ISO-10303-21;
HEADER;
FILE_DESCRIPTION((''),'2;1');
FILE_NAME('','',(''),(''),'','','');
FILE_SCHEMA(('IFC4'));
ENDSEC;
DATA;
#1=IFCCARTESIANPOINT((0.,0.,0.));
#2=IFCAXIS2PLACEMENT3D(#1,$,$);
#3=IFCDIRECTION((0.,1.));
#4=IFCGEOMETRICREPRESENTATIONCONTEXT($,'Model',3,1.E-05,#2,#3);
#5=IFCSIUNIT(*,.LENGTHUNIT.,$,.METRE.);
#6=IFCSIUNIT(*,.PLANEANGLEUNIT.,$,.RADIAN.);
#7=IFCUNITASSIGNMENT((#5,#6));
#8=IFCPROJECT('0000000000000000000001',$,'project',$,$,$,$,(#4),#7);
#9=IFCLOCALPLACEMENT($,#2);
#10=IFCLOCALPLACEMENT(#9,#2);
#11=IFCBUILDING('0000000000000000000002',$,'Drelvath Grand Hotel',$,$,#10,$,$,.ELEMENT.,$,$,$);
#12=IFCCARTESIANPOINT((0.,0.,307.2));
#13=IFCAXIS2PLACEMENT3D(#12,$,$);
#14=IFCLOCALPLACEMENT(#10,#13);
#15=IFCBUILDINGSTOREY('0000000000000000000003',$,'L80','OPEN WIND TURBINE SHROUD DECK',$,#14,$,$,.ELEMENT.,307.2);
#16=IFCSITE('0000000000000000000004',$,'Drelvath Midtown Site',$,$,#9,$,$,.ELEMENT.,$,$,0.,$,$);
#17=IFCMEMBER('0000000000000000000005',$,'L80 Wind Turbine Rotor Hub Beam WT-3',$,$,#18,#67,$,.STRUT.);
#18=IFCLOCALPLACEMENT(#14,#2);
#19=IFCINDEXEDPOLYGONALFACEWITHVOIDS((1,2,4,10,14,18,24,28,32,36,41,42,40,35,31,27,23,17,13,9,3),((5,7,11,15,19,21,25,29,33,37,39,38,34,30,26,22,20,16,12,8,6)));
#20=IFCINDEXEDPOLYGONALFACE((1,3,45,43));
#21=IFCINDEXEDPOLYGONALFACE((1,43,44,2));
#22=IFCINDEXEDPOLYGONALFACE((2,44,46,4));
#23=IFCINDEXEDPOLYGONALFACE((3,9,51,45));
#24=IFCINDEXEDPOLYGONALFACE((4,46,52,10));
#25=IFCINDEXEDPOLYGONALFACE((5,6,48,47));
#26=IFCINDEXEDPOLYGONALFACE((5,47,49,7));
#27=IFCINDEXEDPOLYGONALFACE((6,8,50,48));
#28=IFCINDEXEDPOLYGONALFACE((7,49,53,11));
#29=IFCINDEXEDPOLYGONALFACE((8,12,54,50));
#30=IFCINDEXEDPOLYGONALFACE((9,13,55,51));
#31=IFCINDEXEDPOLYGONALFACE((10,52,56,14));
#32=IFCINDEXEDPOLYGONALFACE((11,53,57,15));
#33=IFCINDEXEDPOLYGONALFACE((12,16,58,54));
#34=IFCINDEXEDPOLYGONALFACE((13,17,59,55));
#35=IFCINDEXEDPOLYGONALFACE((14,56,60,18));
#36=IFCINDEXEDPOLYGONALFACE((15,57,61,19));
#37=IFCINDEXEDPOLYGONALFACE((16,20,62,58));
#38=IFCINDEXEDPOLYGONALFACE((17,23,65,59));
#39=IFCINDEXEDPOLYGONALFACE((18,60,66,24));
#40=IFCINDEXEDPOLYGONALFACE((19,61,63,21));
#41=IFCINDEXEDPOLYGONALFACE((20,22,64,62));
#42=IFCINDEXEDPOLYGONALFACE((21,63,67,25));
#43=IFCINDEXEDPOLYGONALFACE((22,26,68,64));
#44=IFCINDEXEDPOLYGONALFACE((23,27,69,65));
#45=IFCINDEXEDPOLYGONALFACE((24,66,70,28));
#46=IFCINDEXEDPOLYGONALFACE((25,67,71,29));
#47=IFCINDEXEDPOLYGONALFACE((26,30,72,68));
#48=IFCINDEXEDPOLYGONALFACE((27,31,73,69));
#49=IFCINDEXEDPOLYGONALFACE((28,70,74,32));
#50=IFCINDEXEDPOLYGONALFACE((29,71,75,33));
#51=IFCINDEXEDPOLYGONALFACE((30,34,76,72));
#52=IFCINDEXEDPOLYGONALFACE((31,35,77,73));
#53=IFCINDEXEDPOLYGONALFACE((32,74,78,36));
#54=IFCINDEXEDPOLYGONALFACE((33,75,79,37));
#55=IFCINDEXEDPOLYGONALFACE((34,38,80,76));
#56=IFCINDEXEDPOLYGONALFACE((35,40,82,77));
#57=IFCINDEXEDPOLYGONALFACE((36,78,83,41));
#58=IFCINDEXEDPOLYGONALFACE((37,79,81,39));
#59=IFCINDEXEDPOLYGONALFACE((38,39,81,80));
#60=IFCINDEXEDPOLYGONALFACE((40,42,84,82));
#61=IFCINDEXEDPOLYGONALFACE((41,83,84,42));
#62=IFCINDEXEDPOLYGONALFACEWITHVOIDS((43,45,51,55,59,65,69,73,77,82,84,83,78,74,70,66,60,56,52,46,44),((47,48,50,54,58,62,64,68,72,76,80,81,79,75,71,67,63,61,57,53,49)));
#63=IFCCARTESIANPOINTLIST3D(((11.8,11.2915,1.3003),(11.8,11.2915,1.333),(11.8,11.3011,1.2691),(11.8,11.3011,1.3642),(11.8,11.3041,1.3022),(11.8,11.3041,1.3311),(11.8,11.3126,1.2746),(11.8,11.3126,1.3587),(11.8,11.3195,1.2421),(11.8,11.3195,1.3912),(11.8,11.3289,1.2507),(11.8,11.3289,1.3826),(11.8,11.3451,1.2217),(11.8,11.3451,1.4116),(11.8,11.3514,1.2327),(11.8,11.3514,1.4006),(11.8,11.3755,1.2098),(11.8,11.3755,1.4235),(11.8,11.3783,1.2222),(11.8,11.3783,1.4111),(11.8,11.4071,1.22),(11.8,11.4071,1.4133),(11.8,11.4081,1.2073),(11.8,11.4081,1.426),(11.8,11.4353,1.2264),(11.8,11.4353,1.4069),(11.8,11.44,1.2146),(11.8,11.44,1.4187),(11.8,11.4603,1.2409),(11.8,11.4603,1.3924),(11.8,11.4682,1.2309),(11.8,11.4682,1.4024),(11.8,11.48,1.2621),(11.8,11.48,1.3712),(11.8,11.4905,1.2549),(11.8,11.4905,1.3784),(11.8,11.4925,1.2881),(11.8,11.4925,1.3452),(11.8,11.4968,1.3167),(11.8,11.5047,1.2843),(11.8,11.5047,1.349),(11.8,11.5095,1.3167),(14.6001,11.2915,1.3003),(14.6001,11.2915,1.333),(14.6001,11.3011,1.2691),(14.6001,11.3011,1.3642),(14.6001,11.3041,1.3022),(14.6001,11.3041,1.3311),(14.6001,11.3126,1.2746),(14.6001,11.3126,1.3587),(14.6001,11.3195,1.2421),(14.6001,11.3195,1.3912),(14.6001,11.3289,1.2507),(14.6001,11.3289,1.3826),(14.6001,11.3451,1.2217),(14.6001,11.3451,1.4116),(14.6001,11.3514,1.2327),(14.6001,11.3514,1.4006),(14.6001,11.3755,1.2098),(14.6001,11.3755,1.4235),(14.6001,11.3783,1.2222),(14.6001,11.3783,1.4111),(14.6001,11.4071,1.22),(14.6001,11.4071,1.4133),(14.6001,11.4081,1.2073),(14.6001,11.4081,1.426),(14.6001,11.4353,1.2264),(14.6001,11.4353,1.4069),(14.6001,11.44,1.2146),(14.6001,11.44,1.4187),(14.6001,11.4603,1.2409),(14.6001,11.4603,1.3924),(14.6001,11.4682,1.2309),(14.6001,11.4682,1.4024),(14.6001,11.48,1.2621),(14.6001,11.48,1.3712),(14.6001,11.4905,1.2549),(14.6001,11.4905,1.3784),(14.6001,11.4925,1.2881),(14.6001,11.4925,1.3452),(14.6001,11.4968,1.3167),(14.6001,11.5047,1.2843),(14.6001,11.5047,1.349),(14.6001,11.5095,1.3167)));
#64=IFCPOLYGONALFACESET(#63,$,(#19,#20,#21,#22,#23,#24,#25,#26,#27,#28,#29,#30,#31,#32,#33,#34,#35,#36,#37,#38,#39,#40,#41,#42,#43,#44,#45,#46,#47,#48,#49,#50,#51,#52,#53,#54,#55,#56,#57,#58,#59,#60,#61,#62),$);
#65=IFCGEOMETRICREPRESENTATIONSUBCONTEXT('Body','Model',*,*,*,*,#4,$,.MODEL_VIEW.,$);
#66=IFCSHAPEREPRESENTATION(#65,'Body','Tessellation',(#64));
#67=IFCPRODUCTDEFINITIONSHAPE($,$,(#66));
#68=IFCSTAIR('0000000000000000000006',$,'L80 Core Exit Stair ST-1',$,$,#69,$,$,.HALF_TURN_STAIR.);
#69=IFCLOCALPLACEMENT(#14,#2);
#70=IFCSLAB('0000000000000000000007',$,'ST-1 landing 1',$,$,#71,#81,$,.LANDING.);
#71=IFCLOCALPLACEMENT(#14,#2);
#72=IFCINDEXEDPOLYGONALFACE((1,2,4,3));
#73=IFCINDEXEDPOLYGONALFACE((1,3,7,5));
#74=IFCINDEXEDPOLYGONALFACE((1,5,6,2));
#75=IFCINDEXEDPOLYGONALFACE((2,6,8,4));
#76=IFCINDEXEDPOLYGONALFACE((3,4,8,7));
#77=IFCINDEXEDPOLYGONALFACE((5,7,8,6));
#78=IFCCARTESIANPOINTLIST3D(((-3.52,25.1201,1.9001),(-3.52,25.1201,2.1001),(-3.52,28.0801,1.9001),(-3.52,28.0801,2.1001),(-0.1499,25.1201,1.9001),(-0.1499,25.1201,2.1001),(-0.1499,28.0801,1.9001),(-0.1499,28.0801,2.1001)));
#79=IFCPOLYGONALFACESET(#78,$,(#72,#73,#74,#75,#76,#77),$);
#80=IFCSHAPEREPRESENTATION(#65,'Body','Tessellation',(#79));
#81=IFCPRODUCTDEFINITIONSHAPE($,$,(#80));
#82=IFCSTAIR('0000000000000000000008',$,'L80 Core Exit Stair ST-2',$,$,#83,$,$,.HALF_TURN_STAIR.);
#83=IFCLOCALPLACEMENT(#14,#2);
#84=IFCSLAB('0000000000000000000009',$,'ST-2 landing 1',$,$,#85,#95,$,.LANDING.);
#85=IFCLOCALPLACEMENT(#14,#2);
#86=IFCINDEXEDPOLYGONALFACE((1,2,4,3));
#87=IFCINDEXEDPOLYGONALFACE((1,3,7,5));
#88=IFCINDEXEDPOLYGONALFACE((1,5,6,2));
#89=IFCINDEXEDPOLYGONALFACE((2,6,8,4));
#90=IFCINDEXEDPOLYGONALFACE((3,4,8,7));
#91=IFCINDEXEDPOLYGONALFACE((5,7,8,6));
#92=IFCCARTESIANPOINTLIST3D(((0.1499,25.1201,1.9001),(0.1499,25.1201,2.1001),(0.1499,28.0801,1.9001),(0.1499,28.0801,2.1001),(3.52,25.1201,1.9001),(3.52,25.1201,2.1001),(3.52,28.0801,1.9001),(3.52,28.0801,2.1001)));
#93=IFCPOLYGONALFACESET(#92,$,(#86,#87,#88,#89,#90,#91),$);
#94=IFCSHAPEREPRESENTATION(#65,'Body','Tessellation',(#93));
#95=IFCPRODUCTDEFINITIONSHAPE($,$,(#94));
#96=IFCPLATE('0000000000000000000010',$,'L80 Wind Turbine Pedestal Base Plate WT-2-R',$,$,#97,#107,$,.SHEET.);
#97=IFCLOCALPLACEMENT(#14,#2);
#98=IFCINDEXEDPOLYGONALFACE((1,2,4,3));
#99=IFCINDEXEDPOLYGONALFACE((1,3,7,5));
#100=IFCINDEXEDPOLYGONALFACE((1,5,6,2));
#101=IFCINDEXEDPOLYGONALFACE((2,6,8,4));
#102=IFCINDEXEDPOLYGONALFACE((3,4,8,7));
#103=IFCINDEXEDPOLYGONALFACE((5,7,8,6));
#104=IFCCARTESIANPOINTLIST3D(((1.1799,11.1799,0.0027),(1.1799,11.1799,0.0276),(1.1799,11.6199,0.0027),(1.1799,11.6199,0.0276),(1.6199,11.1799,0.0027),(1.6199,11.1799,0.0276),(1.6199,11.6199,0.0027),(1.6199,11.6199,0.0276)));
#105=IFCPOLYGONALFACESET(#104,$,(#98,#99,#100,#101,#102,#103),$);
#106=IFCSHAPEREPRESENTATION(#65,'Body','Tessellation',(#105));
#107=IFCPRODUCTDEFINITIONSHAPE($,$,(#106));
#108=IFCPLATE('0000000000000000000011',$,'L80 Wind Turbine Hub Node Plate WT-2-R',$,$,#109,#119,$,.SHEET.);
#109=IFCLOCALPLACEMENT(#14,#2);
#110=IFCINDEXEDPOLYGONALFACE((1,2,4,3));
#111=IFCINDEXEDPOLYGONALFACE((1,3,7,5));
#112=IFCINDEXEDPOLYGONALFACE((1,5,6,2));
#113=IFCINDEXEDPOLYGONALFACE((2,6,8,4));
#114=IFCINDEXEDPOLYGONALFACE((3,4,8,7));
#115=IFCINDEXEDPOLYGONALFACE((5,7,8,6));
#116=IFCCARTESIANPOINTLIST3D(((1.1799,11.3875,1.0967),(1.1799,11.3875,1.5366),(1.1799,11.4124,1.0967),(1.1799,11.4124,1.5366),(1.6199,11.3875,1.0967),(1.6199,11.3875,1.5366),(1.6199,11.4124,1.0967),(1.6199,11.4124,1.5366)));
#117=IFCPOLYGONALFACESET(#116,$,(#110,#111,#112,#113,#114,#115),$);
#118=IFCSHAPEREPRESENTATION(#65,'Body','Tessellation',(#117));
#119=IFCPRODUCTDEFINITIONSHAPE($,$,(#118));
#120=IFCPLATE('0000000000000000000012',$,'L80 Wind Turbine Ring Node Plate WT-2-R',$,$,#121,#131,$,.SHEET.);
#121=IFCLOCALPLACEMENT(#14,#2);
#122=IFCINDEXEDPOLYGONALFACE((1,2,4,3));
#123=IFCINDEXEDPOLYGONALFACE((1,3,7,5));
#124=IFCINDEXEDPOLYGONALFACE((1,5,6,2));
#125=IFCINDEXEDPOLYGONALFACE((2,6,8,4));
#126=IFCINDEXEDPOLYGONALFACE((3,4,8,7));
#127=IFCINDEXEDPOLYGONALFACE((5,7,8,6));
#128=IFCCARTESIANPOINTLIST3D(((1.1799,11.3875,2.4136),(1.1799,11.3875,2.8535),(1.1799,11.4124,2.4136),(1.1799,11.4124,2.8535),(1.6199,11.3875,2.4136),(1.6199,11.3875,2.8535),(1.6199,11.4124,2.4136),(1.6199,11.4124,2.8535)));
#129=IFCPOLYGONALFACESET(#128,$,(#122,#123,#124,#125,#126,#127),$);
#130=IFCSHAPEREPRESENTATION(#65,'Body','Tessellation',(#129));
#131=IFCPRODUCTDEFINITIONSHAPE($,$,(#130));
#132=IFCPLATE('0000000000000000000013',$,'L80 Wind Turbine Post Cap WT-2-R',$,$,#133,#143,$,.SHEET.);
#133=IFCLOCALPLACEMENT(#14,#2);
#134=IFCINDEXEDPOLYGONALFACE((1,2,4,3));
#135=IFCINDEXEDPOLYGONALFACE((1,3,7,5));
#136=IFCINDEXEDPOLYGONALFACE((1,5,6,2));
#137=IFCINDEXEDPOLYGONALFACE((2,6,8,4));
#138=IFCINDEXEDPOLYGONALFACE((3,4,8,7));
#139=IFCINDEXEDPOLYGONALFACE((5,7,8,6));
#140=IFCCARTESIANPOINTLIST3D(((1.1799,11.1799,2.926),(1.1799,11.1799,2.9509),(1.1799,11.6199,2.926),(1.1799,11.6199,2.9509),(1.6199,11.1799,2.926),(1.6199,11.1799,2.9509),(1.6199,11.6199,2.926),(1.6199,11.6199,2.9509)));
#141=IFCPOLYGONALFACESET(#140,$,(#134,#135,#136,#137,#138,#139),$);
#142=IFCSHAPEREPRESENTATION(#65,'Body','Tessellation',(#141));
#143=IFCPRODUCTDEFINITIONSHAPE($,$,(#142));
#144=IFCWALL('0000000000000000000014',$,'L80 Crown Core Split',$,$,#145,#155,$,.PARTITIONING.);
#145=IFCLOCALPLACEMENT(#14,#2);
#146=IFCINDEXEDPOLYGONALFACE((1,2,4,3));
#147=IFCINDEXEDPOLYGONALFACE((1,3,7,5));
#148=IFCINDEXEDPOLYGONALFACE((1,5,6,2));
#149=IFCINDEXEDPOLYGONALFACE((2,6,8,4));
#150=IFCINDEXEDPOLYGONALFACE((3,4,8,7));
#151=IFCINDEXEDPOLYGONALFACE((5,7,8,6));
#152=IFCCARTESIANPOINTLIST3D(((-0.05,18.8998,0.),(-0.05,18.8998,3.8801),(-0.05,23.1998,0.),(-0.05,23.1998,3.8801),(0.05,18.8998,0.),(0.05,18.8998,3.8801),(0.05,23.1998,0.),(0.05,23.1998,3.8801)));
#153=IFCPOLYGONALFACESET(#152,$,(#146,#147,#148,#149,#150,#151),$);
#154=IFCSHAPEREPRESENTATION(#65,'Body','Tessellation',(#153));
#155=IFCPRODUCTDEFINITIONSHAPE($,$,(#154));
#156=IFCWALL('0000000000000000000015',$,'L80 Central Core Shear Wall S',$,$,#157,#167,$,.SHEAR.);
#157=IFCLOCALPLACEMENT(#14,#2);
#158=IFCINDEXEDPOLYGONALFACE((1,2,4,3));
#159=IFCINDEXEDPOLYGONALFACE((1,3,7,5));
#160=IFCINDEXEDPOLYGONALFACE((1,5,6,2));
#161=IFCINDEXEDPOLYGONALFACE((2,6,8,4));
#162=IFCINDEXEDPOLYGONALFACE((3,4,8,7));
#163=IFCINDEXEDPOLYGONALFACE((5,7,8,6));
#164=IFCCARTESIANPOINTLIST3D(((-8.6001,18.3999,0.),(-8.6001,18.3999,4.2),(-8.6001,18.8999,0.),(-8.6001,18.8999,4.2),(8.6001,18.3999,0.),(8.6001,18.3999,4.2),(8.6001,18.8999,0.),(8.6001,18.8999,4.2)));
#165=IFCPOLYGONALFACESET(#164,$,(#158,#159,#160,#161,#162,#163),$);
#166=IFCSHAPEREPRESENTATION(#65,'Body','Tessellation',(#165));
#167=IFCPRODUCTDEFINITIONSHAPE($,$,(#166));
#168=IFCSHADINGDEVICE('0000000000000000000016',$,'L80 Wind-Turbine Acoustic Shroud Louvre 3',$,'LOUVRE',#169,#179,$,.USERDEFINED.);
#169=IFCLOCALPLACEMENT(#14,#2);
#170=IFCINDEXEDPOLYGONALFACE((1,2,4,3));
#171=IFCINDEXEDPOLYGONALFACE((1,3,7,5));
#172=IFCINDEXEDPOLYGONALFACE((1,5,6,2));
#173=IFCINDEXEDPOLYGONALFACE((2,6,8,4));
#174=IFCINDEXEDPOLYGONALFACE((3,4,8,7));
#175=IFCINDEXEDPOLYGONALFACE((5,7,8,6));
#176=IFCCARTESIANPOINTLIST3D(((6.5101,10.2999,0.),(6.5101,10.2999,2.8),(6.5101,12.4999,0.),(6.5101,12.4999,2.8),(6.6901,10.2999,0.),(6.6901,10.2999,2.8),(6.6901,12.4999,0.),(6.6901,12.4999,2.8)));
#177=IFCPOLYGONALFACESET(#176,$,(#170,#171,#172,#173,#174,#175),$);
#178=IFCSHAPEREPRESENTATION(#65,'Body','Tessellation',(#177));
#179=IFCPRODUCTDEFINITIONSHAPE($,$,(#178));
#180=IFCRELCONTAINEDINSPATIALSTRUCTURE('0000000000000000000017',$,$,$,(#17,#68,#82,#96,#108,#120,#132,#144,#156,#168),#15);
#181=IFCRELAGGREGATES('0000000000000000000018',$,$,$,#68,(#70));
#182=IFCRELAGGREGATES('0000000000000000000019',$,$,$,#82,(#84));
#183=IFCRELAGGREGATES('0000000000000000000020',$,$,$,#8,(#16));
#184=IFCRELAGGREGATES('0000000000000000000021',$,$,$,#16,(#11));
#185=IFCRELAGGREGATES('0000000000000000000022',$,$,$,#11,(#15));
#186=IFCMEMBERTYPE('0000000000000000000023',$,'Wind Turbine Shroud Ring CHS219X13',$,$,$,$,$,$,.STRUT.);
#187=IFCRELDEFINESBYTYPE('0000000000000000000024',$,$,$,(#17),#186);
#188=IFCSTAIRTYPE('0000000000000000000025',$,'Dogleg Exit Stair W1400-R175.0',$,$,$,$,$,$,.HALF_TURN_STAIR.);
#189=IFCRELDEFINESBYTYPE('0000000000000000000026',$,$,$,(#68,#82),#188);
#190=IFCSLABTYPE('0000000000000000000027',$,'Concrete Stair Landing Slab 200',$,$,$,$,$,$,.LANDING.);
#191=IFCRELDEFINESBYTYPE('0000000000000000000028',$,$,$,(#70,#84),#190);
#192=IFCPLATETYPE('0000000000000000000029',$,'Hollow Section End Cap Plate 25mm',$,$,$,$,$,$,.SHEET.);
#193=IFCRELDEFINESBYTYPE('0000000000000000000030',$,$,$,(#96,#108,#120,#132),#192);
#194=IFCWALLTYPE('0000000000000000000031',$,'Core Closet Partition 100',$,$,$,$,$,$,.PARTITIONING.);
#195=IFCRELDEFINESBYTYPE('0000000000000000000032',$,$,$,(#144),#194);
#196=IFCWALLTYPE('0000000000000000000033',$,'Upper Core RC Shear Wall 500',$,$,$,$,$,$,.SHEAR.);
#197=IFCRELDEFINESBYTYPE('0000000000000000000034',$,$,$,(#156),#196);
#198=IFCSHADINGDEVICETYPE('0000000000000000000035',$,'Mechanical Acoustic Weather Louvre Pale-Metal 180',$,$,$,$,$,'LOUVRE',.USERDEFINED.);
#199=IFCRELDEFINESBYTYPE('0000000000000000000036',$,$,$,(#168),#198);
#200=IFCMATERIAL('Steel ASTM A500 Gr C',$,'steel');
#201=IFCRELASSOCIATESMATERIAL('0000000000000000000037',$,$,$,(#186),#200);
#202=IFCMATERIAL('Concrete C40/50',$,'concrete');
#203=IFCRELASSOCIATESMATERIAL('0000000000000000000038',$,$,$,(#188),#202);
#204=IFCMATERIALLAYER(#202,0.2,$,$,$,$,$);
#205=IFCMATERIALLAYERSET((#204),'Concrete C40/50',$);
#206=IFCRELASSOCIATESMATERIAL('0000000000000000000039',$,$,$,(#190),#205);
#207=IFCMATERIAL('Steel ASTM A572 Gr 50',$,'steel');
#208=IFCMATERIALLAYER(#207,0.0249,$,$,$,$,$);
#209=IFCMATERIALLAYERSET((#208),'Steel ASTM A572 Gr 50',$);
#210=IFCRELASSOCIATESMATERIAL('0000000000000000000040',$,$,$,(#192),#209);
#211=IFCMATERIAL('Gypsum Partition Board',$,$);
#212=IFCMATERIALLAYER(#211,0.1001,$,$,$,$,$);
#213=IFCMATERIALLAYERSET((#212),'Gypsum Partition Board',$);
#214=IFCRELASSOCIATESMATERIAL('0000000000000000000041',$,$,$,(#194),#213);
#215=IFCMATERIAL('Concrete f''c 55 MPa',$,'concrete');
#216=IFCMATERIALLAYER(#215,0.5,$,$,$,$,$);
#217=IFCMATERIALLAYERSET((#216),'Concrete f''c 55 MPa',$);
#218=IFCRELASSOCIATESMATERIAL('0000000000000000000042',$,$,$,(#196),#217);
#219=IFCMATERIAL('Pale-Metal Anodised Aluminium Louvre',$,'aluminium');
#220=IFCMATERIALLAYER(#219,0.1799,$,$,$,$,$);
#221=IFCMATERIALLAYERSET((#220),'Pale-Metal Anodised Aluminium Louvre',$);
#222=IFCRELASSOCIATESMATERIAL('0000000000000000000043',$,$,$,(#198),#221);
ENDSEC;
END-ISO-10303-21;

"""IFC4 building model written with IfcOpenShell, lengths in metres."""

from ifc_helpers import new_model, si_unit, direction, frame, frame_2d, origin, origin_2d, place, context, subcontext, project, spatial, polyline, rectangle, hollow_circle, outline, extrude, material, layer, layer_set, material_profile, profile_set, type_object, element, aggregate, save


model = new_model("IFC4")

# Units and contexts
model_context = context("Model", 3, precision=1e-05, world=origin(), true_north=direction((0.0, 1.0)))
body_context = subcontext(model_context, "Body", "Model", "MODEL_VIEW")
ifc_project = project(units=[si_unit("LENGTHUNIT", "METRE"), si_unit("PLANEANGLEUNIT", "RADIAN")], contexts=[model_context])

# Site, building, storey
site_placement = place(None, origin())
site = spatial("IfcSite", under=ifc_project, at=site_placement, Name="Drelvath Midtown Site", CompositionType="ELEMENT", RefElevation=0.0)
building_placement = place(site_placement, origin())
building = spatial("IfcBuilding", under=site, at=building_placement, Name="Drelvath Grand Hotel", CompositionType="ELEMENT")
storey_placement = place(building_placement, frame((0.0, 0.0, 307.2)))
storey = spatial("IfcBuildingStorey", under=building, at=storey_placement, Name="L80", Description="OPEN WIND TURBINE SHROUD DECK", CompositionType="ELEMENT", Elevation=307.2)

# Shared definitions
ifc_material_1 = material(Name="Steel ASTM A572 Gr 50", Category="steel")

# Member
ifc_material_2 = material(Name="Steel ASTM A500 Gr C", Category="steel")
ifc_material_profile_1 = material_profile(ifc_material_2, hollow_circle(Radius=0.1096, WallThickness=0.0127, at=origin_2d()), Name="CHS219X13")
ifc_profile_set_1 = profile_set([ifc_material_profile_1], Name="Steel ASTM A500 Gr C")
member_type_1 = type_object("IfcMemberType", Name="Wind Turbine Shroud Ring CHS219X13", PredefinedType="STRUT", material=ifc_profile_set_1)
for number, where, z_axis, x_axis, name in (
    (1, (11.8, 11.3999, 1.3167), (1.0, 0.0, 0.0), (0.0, 1.0, 0.0), "L80 Wind Turbine Rotor Hub Beam WT-3"),
):
    element("IfcMember", number, at=place(storey_placement, frame(where, z_axis=z_axis, x_axis=x_axis)), inside=storey, type_object=member_type_1, Name=name, PredefinedType="STRUT", context=body_context, shape_type="SweptSolid", body=[
        extrude(hollow_circle(Radius=0.1096, WallThickness=0.0127, at=origin_2d()), origin(), (0.0, 0.0, 1.0), 2.8),
    ])

# Stairs, slabs
ifc_material_3 = material(Name="Concrete C40/50", Category="concrete")
stair_type = type_object("IfcStairType", Name="Dogleg Exit Stair W1400-R175.0", PredefinedType="HALF_TURN_STAIR", material=ifc_material_3)
stair_1_placement = place(storey_placement, origin())
stair_1 = element("IfcStair", 2, at=stair_1_placement, inside=storey, type_object=stair_type, Name="L80 Core Exit Stair ST-1", PredefinedType="HALF_TURN_STAIR")
ifc_layer_1 = layer(ifc_material_3, 0.2)
ifc_layer_set_1 = layer_set([ifc_layer_1], Name="Concrete C40/50")
slab_type = type_object("IfcSlabType", Name="Concrete Stair Landing Slab 200", PredefinedType="LANDING", material=ifc_layer_set_1)
slab_1_placement = place(storey_placement, frame((0.0, 0.0, 1.9001)))
slab_1 = element("IfcSlab", 3, at=slab_1_placement, type_object=slab_type, Name="ST-1 landing 1", PredefinedType="LANDING", context=body_context, shape_type="SweptSolid", body=[
    extrude(outline(polyline([(-3.52, 25.1201), (-0.1499, 25.1201), (-0.1499, 28.0801), (-3.52, 28.0801), (-3.52, 25.1201)])), origin(), (0.0, 0.0, 1.0), 0.2),
])
aggregate(stair_1, [slab_1])
stair_2_placement = place(storey_placement, origin())
stair_2 = element("IfcStair", 4, at=stair_2_placement, inside=storey, type_object=stair_type, Name="L80 Core Exit Stair ST-2", PredefinedType="HALF_TURN_STAIR")
slab_2_placement = place(storey_placement, frame((0.0, 0.0, 1.9001)))
slab_2 = element("IfcSlab", 5, at=slab_2_placement, type_object=slab_type, Name="ST-2 landing 1", PredefinedType="LANDING", context=body_context, shape_type="SweptSolid", body=[
    extrude(outline(polyline([(3.52, 28.0801), (0.1499, 28.0801), (0.1499, 25.1201), (3.52, 25.1201), (3.52, 28.0801)])), origin(), (0.0, 0.0, 1.0), 0.2),
])
aggregate(stair_2, [slab_2])

# Plates
ifc_layer_2 = layer(ifc_material_1, 0.0249)
ifc_layer_set_2 = layer_set([ifc_layer_2], Name="Steel ASTM A572 Gr 50")
plate_type = type_object("IfcPlateType", Name="Hollow Section End Cap Plate 25mm", PredefinedType="SHEET", material=ifc_layer_set_2)
plate_1_placement = place(storey_placement, frame((1.3999, 11.3999, 0.0027), z_axis=(0.0, 0.0, 1.0), x_axis=(1.0, 0.0, 0.0)))
element("IfcPlate", 6, at=plate_1_placement, inside=storey, type_object=plate_type, Name="L80 Wind Turbine Pedestal Base Plate WT-2-R", PredefinedType="SHEET", context=body_context, shape_type="SweptSolid", body=[
    extrude(rectangle(XDim=0.4399, YDim=0.4399, at=origin_2d()), origin(), (0.0, 0.0, 1.0), 0.0249),
])
for number, where, z_axis, x_axis, name in (
    (7, (1.3999, 11.3999, 1.0967), (0.0, 0.0, 1.0), (1.0, 0.0, 0.0), "L80 Wind Turbine Hub Node Plate WT-2-R"),
    (8, (1.3999, 11.3999, 2.4136), (0.0, 0.0, 1.0), (1.0, 0.0, 0.0), "L80 Wind Turbine Ring Node Plate WT-2-R"),
):
    element("IfcPlate", number, at=place(storey_placement, frame(where, z_axis=z_axis, x_axis=x_axis)), inside=storey, type_object=plate_type, Name=name, PredefinedType="SHEET", context=body_context, shape_type="SweptSolid", body=[
        extrude(rectangle(XDim=0.4399, YDim=0.0249, at=origin_2d()), origin(), (0.0, 0.0, 1.0), 0.4399),
    ])
plate_2_placement = place(storey_placement, frame((1.3999, 11.3999, 2.926), z_axis=(0.0, 0.0, 1.0), x_axis=(1.0, 0.0, 0.0)))
element("IfcPlate", 9, at=plate_2_placement, inside=storey, type_object=plate_type, Name="L80 Wind Turbine Post Cap WT-2-R", PredefinedType="SHEET", context=body_context, shape_type="SweptSolid", body=[
    extrude(rectangle(XDim=0.4399, YDim=0.4399, at=origin_2d()), origin(), (0.0, 0.0, 1.0), 0.0249),
])

# Walls
ifc_material_4 = material(Name="Gypsum Partition Board")
ifc_layer_3 = layer(ifc_material_4, 0.1001)
ifc_layer_set_3 = layer_set([ifc_layer_3], Name="Gypsum Partition Board")
wall_type_1 = type_object("IfcWallType", Name="Core Closet Partition 100", PredefinedType="PARTITIONING", material=ifc_layer_set_3)
wall_1_placement = place(storey_placement, frame((0.0, 18.8999, 0.0), z_axis=(0.0, 0.0, 1.0), x_axis=(0.0, 1.0, 0.0)))
element("IfcWall", 10, at=wall_1_placement, inside=storey, type_object=wall_type_1, Name="L80 Crown Core Split", PredefinedType="PARTITIONING", context=body_context, shape_type="SweptSolid", body=[
    extrude(rectangle(XDim=4.3, YDim=0.1001, at=frame_2d((2.1499, 0.0))), origin(), (0.0, 0.0, 1.0), 3.8801),
])
ifc_material_5 = material(Name="Concrete f'c 55 MPa", Category="concrete")
ifc_layer_4 = layer(ifc_material_5, 0.5)
ifc_layer_set_4 = layer_set([ifc_layer_4], Name="Concrete f'c 55 MPa")
wall_type_2 = type_object("IfcWallType", Name="Upper Core RC Shear Wall 500", PredefinedType="SHEAR", material=ifc_layer_set_4)
wall_2_placement = place(storey_placement, frame((8.6001, 18.6499, 0.0), z_axis=(0.0, 0.0, 1.0), x_axis=(-1.0, 0.0, 0.0)))
element("IfcWall", 11, at=wall_2_placement, inside=storey, type_object=wall_type_2, Name="L80 Central Core Shear Wall S", PredefinedType="SHEAR", context=body_context, shape_type="SweptSolid", body=[
    extrude(rectangle(XDim=17.2002, YDim=0.5, at=frame_2d((8.6001, 0.0))), origin(), (0.0, 0.0, 1.0), 4.2),
])

# Shading device
ifc_material_6 = material(Name="Pale-Metal Anodised Aluminium Louvre", Category="aluminium")
ifc_layer_5 = layer(ifc_material_6, 0.1799)
ifc_layer_set_5 = layer_set([ifc_layer_5], Name="Pale-Metal Anodised Aluminium Louvre")
shading_device_type = type_object("IfcShadingDeviceType", Name="Mechanical Acoustic Weather Louvre Pale-Metal 180", ElementType="LOUVRE", PredefinedType="USERDEFINED", material=ifc_layer_set_5)
shading_device_placement = place(storey_placement, frame((6.6001, 11.3999, 0.0), z_axis=(0.0, 0.0, 1.0), x_axis=(1.0, 0.0, 0.0)))
element("IfcShadingDevice", 12, at=shading_device_placement, inside=storey, type_object=shading_device_type, Name="L80 Wind-Turbine Acoustic Shroud Louvre 3", ObjectType="LOUVRE", PredefinedType="USERDEFINED", context=body_context, shape_type="SweptSolid", body=[
    extrude(rectangle(XDim=0.1799, YDim=2.2, at=origin_2d()), origin(), (0.0, 0.0, 1.0), 2.8),
])

save(model, "model.ifc")
